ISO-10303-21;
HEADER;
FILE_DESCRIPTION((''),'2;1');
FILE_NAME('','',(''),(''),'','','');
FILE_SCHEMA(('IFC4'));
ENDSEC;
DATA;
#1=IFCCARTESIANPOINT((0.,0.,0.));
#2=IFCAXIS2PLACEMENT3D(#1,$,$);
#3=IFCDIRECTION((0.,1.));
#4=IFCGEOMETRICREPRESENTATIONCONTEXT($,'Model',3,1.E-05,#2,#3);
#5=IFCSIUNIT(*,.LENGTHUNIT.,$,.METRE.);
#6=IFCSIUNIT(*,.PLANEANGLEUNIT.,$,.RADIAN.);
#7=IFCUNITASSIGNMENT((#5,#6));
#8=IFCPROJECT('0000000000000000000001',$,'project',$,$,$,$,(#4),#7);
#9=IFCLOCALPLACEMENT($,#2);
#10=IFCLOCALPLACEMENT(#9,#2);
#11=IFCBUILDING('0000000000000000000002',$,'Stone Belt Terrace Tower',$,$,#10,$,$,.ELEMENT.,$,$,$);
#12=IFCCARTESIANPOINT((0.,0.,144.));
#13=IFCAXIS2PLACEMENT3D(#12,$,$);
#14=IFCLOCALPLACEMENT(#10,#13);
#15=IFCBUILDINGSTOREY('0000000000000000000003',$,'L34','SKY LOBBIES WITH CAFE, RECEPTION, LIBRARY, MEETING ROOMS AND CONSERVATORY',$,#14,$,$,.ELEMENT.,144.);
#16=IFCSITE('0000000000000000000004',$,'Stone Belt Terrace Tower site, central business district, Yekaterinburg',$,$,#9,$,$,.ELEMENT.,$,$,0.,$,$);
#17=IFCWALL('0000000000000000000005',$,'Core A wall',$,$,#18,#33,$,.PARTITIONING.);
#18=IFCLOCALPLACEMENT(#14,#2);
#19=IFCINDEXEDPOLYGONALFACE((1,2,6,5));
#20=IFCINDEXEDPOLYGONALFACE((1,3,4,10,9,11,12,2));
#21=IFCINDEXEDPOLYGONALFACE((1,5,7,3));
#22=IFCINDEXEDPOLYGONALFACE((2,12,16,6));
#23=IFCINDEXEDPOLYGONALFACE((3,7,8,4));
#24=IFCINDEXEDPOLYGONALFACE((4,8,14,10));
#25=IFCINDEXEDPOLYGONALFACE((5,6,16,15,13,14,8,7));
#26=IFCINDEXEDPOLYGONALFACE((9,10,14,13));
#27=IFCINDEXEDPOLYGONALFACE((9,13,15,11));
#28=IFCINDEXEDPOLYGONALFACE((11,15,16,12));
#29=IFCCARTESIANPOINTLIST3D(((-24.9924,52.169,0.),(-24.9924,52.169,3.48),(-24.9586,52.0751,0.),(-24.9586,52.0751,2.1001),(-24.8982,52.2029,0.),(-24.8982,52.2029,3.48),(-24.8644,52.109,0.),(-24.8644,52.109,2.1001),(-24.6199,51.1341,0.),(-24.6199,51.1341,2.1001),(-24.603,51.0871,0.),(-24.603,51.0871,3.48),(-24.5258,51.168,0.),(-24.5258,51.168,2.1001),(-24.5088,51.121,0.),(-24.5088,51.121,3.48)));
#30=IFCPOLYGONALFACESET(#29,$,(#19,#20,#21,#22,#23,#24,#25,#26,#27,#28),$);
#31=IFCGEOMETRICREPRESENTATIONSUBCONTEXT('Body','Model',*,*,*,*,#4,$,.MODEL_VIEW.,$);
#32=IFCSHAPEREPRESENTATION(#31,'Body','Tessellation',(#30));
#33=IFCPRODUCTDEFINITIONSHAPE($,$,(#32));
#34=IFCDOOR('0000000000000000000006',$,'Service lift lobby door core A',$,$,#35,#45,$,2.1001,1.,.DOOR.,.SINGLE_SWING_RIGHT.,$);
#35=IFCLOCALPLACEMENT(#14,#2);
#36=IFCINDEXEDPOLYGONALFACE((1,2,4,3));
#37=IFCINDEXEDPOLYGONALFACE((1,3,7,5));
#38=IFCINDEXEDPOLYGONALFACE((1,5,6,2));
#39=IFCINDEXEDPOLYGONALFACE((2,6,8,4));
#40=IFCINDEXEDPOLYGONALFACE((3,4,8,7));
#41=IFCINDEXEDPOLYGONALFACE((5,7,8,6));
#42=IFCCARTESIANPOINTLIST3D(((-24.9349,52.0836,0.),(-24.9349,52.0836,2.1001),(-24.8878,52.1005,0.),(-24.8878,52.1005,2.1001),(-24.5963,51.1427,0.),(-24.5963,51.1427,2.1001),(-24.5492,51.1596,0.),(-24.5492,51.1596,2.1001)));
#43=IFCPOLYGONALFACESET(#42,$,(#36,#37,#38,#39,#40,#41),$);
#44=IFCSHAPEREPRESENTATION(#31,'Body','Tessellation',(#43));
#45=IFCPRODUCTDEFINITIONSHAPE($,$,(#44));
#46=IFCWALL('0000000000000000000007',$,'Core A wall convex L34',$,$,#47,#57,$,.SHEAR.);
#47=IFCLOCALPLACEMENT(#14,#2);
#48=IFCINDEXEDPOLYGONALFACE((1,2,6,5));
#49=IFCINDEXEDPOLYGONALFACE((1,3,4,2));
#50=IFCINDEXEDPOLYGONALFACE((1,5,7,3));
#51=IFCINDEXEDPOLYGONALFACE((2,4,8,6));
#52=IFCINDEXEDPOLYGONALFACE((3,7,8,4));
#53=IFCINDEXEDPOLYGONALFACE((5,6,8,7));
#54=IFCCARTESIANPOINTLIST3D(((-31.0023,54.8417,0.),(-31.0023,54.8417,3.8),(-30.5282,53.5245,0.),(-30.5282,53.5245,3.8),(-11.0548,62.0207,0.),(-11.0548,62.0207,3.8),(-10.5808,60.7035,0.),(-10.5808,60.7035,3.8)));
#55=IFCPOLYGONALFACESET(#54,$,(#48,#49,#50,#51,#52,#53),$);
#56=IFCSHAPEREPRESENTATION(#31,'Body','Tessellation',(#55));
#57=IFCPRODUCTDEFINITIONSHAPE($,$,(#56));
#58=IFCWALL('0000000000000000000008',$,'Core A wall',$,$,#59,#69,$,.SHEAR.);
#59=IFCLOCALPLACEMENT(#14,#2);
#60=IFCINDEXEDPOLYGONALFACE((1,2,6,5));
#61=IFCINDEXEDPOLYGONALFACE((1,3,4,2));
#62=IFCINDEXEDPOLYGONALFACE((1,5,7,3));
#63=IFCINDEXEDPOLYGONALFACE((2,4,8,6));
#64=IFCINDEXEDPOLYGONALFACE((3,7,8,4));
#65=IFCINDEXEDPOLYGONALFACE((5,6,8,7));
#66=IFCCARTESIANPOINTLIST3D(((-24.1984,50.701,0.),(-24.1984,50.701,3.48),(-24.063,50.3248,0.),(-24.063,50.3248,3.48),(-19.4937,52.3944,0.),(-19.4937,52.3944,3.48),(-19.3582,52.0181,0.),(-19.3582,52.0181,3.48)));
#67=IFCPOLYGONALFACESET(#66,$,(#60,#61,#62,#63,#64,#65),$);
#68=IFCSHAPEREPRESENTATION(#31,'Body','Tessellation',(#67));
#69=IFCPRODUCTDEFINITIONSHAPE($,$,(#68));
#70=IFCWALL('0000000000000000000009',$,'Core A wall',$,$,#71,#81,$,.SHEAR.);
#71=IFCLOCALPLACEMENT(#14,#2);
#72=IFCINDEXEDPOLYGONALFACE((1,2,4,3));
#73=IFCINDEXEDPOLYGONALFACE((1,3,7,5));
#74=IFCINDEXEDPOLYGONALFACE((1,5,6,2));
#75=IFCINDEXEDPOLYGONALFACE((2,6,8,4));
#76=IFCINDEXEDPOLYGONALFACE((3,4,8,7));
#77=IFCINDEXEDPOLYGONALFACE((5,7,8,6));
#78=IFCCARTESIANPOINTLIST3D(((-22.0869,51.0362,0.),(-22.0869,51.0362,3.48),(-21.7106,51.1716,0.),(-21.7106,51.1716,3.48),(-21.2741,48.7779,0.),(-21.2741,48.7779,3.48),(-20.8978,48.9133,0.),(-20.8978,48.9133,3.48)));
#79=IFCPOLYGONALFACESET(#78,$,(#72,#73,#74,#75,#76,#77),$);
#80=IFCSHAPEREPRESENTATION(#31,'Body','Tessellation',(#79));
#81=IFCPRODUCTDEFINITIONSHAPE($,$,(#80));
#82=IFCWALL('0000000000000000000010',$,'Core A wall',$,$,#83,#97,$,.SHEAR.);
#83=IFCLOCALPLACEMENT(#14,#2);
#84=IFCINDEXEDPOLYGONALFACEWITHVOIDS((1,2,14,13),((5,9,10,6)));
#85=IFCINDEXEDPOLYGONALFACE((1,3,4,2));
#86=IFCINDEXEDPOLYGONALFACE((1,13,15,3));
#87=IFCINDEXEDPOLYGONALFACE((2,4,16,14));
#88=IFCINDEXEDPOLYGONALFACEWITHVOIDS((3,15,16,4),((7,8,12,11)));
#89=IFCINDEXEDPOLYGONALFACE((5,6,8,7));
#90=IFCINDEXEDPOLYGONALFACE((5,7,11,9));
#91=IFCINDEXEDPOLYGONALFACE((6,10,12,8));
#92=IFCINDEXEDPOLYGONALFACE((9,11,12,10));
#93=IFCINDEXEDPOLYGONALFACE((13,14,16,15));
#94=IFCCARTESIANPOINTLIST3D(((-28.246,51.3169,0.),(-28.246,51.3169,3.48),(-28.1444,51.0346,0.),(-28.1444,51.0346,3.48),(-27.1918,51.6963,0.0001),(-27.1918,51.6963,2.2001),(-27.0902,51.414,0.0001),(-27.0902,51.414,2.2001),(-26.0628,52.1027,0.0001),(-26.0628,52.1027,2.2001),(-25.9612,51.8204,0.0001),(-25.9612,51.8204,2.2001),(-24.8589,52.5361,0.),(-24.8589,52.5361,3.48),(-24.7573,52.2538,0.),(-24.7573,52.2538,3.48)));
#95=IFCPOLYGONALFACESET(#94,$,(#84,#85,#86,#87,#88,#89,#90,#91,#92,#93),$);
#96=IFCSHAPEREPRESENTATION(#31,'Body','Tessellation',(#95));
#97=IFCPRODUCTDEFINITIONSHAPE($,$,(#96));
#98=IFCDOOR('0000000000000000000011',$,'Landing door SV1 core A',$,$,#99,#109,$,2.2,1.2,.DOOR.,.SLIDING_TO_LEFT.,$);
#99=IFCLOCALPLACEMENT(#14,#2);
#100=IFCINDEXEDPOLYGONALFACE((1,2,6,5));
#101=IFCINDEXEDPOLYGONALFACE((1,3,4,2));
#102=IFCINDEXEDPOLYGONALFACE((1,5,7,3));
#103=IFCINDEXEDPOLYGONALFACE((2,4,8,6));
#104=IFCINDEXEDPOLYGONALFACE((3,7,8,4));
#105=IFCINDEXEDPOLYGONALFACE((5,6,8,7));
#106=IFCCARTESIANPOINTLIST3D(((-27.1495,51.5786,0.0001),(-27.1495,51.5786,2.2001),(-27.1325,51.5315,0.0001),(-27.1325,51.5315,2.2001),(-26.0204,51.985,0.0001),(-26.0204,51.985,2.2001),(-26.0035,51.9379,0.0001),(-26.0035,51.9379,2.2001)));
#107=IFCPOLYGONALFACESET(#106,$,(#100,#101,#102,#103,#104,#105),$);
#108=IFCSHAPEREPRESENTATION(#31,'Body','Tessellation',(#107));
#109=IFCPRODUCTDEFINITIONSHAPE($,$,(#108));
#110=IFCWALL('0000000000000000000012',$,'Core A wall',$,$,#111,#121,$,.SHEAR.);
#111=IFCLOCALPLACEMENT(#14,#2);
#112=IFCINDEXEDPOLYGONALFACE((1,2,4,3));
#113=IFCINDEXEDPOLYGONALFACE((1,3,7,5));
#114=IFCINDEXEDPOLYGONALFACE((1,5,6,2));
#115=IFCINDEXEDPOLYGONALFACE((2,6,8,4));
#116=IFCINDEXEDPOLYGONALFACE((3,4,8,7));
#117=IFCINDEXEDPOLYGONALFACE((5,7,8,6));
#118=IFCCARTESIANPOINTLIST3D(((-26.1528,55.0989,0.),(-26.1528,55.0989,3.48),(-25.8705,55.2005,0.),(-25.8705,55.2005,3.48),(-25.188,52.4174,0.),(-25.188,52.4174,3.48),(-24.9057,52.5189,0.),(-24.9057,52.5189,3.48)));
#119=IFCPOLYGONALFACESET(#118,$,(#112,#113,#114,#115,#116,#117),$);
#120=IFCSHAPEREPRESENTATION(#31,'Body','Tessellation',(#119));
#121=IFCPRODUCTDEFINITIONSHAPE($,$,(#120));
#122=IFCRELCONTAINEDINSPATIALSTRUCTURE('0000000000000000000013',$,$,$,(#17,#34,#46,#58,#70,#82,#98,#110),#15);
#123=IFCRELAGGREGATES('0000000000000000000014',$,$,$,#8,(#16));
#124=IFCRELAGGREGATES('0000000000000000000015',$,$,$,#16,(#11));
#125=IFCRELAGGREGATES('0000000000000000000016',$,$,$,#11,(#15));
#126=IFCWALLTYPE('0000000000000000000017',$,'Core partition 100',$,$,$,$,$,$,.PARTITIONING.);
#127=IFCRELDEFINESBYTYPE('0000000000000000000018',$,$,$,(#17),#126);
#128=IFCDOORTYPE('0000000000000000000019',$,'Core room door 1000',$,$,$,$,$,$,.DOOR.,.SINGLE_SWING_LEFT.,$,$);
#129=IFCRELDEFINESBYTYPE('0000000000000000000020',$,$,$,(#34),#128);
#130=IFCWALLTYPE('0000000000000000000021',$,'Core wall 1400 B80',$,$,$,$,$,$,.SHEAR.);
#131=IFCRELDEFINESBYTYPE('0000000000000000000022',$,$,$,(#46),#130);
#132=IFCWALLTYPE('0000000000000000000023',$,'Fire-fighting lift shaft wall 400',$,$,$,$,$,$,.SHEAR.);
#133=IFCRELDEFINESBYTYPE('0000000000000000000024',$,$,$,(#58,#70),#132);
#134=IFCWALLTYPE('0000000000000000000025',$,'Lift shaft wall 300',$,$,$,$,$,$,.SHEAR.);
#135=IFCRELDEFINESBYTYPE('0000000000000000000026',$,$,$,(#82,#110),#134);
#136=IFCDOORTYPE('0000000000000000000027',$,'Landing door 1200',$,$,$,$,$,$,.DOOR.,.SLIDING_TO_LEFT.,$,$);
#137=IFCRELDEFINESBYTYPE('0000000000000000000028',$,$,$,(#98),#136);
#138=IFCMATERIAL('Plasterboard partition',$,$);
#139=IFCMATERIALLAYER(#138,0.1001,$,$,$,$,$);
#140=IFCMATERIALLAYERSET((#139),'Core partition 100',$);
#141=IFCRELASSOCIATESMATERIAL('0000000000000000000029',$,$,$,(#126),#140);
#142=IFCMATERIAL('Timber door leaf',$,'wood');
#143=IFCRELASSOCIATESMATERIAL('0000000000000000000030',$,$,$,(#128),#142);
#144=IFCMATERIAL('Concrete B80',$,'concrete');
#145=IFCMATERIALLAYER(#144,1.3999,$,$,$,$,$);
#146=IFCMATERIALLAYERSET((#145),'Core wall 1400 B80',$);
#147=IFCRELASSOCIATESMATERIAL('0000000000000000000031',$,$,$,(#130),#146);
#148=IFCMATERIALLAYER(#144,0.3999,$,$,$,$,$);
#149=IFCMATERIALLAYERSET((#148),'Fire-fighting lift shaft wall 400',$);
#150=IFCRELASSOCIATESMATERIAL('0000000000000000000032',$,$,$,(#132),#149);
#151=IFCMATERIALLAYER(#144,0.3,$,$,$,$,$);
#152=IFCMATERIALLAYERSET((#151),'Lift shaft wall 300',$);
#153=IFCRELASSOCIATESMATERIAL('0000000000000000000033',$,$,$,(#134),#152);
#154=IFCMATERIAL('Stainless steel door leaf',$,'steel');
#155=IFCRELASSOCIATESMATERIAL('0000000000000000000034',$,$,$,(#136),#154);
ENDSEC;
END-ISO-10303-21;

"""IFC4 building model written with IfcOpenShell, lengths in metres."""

from ifc_helpers import new_model, si_unit, direction, frame, frame_2d, origin, place, context, subcontext, project, spatial, rectangle, extrude, material, layer, layer_set, type_object, element, fill, save


model = new_model("IFC4")

# Units and contexts
model_context = context("Model", 3, precision=1e-05, world=origin(), true_north=direction((0.0, 1.0)))
body_context = subcontext(model_context, "Body", "Model", "MODEL_VIEW")
ifc_project = project(units=[si_unit("LENGTHUNIT", "METRE"), si_unit("PLANEANGLEUNIT", "RADIAN")], contexts=[model_context])

# Site, building, storey
site_placement = place(None, origin())
site = spatial("IfcSite", under=ifc_project, at=site_placement, Name="Stone Belt Terrace Tower site, central business district, Yekaterinburg", CompositionType="ELEMENT", RefElevation=0.0)
building_placement = place(site_placement, origin())
building = spatial("IfcBuilding", under=site, at=building_placement, Name="Stone Belt Terrace Tower", CompositionType="ELEMENT")
storey_placement = place(building_placement, frame((0.0, 0.0, 144.0)))
storey = spatial("IfcBuildingStorey", under=building, at=storey_placement, Name="L34", Description="SKY LOBBIES WITH CAFE, RECEPTION, LIBRARY, MEETING ROOMS AND CONSERVATORY", CompositionType="ELEMENT", Elevation=144.0)

# Shared definitions
ifc_material_1 = material(Name="Concrete B80", Category="concrete")

# Wall, opening, door
ifc_material_2 = material(Name="Plasterboard partition")
ifc_layer_1 = layer(ifc_material_2, 0.1001)
ifc_layer_set_1 = layer_set([ifc_layer_1], Name="Core partition 100")
wall_type_1 = type_object("IfcWallType", Name="Core partition 100", PredefinedType="PARTITIONING", material=ifc_layer_set_1)
wall_1_placement = place(storey_placement, frame((-24.5559, 51.104, 0.0), z_axis=(0.0, 0.0, 1.0), x_axis=(-0.338622, 0.940923, 0.0)))
wall_1 = element("IfcWall", 1, at=wall_1_placement, inside=storey, type_object=wall_type_1, Name="Core A wall", PredefinedType="PARTITIONING", context=body_context, shape_type="SweptSolid", body=[
    extrude(rectangle(XDim=1.1499, YDim=0.1001, at=frame_2d((0.575, 0.0))), origin(), (0.0, 0.0, 1.0), 3.48),
])
opening_1_placement = place(wall_1_placement, frame((0.05, 0.0, 0.0)))
opening_1 = element("IfcOpeningElement", 2, at=opening_1_placement, cuts=wall_1, PredefinedType="OPENING", context=body_context, shape_type="SweptSolid", body=[
    extrude(rectangle(XDim=1.0, YDim=2.1001, at=frame_2d((0.5, 1.05))), frame((0.0, 0.0601, 0.0), z_axis=(0.0, -1.0, 0.0), x_axis=(1.0, 0.0, 0.0)), (0.0, 0.0, 1.0), 0.1201),
])
ifc_material_3 = material(Name="Timber door leaf", Category="wood")
door_type_1 = type_object("IfcDoorType", Name="Core room door 1000", OperationType="SINGLE_SWING_LEFT", PredefinedType="DOOR", material=ifc_material_3)
door_1_placement = place(opening_1_placement, origin())
door_1 = element("IfcDoor", 3, at=door_1_placement, inside=storey, type_object=door_type_1, Name="Service lift lobby door core A", OperationType="SINGLE_SWING_RIGHT", OverallHeight=2.1001, OverallWidth=1.0, PredefinedType="DOOR", context=body_context, shape_type="SweptSolid", body=[
    extrude(rectangle(XDim=1.0, YDim=2.1001, at=frame_2d((0.5, 1.05))), frame((0.0, 0.0249, 0.0), z_axis=(0.0, -1.0, 0.0), x_axis=(1.0, 0.0, 0.0)), (0.0, 0.0, 1.0), 0.05),
])
fill(opening_1, door_1)

# Walls
ifc_layer_2 = layer(ifc_material_1, 1.3999)
ifc_layer_set_2 = layer_set([ifc_layer_2], Name="Core wall 1400 B80")
wall_type_2 = type_object("IfcWallType", Name="Core wall 1400 B80", PredefinedType="SHEAR", material=ifc_layer_set_2)
wall_2_placement = place(storey_placement, frame((-30.7654, 54.1831, 0.0), z_axis=(0.0, 0.0, 1.0), x_axis=(0.94092, 0.33863, 0.0)))
element("IfcWall", 4, at=wall_2_placement, inside=storey, type_object=wall_type_2, Name="Core A wall convex L34", PredefinedType="SHEAR", context=body_context, shape_type="SweptSolid", body=[
    extrude(rectangle(XDim=21.2, YDim=1.3999, at=frame_2d((10.6001, 0.0))), origin(), (0.0, 0.0, 1.0), 3.8),
])
ifc_layer_3 = layer(ifc_material_1, 0.3999)
ifc_layer_set_3 = layer_set([ifc_layer_3], Name="Fire-fighting lift shaft wall 400")
wall_type_3 = type_object("IfcWallType", Name="Fire-fighting lift shaft wall 400", PredefinedType="SHEAR", material=ifc_layer_set_3)
wall_3_placement = place(storey_placement, frame((-24.1306, 50.5129, 0.0), z_axis=(0.0, 0.0, 1.0), x_axis=(0.940912, 0.338652, 0.0)))
element("IfcWall", 5, at=wall_3_placement, inside=storey, type_object=wall_type_3, Name="Core A wall", PredefinedType="SHEAR", context=body_context, shape_type="SweptSolid", body=[
    extrude(rectangle(XDim=5.0002, YDim=0.3999, at=frame_2d((2.5, 0.0))), origin(), (0.0, 0.0, 1.0), 3.48),
])
wall_4_placement = place(storey_placement, frame((-21.0859, 48.8455, 0.0), z_axis=(0.0, 0.0, 1.0), x_axis=(-0.338629, 0.94092, 0.0)))
element("IfcWall", 6, at=wall_4_placement, inside=storey, type_object=wall_type_3, Name="Core A wall", PredefinedType="SHEAR", context=body_context, shape_type="SweptSolid", body=[
    extrude(rectangle(XDim=2.4001, YDim=0.3999, at=frame_2d((1.2002, 0.0))), origin(), (0.0, 0.0, 1.0), 3.48),
])

# Wall, opening, door
ifc_layer_4 = layer(ifc_material_1, 0.3)
ifc_layer_set_4 = layer_set([ifc_layer_4], Name="Lift shaft wall 300")
wall_type_4 = type_object("IfcWallType", Name="Lift shaft wall 300", PredefinedType="SHEAR", material=ifc_layer_set_4)
wall_5_placement = place(storey_placement, frame((-28.1951, 51.1758, 0.0), z_axis=(0.0, 0.0, 1.0), x_axis=(0.940901, 0.338681, 0.0)))
wall_5 = element("IfcWall", 7, at=wall_5_placement, inside=storey, type_object=wall_type_4, Name="Core A wall", PredefinedType="SHEAR", context=body_context, shape_type="SweptSolid", body=[
    extrude(rectangle(XDim=3.5999, YDim=0.3, at=frame_2d((1.7998, 0.0))), origin(), (0.0, 0.0, 1.0), 3.48),
])
opening_2_placement = place(wall_5_placement, frame((1.1201, 0.0, 0.0)))
opening_2 = element("IfcOpeningElement", 8, at=opening_2_placement, cuts=wall_5, PredefinedType="OPENING", context=body_context, shape_type="SweptSolid", body=[
    extrude(rectangle(XDim=1.2, YDim=2.2, at=frame_2d((0.6001, 1.1001))), frame((0.0, 0.1599, 0.0), z_axis=(0.0, -1.0, 0.0), x_axis=(1.0, 0.0, 0.0)), (0.0, 0.0, 1.0), 0.3201),
])
ifc_material_4 = material(Name="Stainless steel door leaf", Category="steel")
door_type_2 = type_object("IfcDoorType", Name="Landing door 1200", OperationType="SLIDING_TO_LEFT", PredefinedType="DOOR", material=ifc_material_4)
door_2_placement = place(opening_2_placement, origin())
door_2 = element("IfcDoor", 9, at=door_2_placement, inside=storey, type_object=door_type_2, Name="Landing door SV1 core A", OperationType="SLIDING_TO_LEFT", OverallHeight=2.2, OverallWidth=1.2, PredefinedType="DOOR", context=body_context, shape_type="SweptSolid", body=[
    extrude(rectangle(XDim=1.2, YDim=2.2, at=frame_2d((0.6001, 1.1001))), frame((0.0, 0.0249, 0.0), z_axis=(0.0, -1.0, 0.0), x_axis=(1.0, 0.0, 0.0)), (0.0, 0.0, 1.0), 0.05),
])
fill(opening_2, door_2)

# Wall
wall_6_placement = place(storey_placement, frame((-25.0469, 52.4683, 0.0), z_axis=(0.0, 0.0, 1.0), x_axis=(-0.33855, 0.940949, 0.0)))
element("IfcWall", 10, at=wall_6_placement, inside=storey, type_object=wall_type_4, Name="Core A wall", PredefinedType="SHEAR", context=body_context, shape_type="SweptSolid", body=[
    extrude(rectangle(XDim=2.8499, YDim=0.3, at=frame_2d((1.4248, 0.0))), origin(), (0.0, 0.0, 1.0), 3.48),
])

save(model, "model.ifc")
